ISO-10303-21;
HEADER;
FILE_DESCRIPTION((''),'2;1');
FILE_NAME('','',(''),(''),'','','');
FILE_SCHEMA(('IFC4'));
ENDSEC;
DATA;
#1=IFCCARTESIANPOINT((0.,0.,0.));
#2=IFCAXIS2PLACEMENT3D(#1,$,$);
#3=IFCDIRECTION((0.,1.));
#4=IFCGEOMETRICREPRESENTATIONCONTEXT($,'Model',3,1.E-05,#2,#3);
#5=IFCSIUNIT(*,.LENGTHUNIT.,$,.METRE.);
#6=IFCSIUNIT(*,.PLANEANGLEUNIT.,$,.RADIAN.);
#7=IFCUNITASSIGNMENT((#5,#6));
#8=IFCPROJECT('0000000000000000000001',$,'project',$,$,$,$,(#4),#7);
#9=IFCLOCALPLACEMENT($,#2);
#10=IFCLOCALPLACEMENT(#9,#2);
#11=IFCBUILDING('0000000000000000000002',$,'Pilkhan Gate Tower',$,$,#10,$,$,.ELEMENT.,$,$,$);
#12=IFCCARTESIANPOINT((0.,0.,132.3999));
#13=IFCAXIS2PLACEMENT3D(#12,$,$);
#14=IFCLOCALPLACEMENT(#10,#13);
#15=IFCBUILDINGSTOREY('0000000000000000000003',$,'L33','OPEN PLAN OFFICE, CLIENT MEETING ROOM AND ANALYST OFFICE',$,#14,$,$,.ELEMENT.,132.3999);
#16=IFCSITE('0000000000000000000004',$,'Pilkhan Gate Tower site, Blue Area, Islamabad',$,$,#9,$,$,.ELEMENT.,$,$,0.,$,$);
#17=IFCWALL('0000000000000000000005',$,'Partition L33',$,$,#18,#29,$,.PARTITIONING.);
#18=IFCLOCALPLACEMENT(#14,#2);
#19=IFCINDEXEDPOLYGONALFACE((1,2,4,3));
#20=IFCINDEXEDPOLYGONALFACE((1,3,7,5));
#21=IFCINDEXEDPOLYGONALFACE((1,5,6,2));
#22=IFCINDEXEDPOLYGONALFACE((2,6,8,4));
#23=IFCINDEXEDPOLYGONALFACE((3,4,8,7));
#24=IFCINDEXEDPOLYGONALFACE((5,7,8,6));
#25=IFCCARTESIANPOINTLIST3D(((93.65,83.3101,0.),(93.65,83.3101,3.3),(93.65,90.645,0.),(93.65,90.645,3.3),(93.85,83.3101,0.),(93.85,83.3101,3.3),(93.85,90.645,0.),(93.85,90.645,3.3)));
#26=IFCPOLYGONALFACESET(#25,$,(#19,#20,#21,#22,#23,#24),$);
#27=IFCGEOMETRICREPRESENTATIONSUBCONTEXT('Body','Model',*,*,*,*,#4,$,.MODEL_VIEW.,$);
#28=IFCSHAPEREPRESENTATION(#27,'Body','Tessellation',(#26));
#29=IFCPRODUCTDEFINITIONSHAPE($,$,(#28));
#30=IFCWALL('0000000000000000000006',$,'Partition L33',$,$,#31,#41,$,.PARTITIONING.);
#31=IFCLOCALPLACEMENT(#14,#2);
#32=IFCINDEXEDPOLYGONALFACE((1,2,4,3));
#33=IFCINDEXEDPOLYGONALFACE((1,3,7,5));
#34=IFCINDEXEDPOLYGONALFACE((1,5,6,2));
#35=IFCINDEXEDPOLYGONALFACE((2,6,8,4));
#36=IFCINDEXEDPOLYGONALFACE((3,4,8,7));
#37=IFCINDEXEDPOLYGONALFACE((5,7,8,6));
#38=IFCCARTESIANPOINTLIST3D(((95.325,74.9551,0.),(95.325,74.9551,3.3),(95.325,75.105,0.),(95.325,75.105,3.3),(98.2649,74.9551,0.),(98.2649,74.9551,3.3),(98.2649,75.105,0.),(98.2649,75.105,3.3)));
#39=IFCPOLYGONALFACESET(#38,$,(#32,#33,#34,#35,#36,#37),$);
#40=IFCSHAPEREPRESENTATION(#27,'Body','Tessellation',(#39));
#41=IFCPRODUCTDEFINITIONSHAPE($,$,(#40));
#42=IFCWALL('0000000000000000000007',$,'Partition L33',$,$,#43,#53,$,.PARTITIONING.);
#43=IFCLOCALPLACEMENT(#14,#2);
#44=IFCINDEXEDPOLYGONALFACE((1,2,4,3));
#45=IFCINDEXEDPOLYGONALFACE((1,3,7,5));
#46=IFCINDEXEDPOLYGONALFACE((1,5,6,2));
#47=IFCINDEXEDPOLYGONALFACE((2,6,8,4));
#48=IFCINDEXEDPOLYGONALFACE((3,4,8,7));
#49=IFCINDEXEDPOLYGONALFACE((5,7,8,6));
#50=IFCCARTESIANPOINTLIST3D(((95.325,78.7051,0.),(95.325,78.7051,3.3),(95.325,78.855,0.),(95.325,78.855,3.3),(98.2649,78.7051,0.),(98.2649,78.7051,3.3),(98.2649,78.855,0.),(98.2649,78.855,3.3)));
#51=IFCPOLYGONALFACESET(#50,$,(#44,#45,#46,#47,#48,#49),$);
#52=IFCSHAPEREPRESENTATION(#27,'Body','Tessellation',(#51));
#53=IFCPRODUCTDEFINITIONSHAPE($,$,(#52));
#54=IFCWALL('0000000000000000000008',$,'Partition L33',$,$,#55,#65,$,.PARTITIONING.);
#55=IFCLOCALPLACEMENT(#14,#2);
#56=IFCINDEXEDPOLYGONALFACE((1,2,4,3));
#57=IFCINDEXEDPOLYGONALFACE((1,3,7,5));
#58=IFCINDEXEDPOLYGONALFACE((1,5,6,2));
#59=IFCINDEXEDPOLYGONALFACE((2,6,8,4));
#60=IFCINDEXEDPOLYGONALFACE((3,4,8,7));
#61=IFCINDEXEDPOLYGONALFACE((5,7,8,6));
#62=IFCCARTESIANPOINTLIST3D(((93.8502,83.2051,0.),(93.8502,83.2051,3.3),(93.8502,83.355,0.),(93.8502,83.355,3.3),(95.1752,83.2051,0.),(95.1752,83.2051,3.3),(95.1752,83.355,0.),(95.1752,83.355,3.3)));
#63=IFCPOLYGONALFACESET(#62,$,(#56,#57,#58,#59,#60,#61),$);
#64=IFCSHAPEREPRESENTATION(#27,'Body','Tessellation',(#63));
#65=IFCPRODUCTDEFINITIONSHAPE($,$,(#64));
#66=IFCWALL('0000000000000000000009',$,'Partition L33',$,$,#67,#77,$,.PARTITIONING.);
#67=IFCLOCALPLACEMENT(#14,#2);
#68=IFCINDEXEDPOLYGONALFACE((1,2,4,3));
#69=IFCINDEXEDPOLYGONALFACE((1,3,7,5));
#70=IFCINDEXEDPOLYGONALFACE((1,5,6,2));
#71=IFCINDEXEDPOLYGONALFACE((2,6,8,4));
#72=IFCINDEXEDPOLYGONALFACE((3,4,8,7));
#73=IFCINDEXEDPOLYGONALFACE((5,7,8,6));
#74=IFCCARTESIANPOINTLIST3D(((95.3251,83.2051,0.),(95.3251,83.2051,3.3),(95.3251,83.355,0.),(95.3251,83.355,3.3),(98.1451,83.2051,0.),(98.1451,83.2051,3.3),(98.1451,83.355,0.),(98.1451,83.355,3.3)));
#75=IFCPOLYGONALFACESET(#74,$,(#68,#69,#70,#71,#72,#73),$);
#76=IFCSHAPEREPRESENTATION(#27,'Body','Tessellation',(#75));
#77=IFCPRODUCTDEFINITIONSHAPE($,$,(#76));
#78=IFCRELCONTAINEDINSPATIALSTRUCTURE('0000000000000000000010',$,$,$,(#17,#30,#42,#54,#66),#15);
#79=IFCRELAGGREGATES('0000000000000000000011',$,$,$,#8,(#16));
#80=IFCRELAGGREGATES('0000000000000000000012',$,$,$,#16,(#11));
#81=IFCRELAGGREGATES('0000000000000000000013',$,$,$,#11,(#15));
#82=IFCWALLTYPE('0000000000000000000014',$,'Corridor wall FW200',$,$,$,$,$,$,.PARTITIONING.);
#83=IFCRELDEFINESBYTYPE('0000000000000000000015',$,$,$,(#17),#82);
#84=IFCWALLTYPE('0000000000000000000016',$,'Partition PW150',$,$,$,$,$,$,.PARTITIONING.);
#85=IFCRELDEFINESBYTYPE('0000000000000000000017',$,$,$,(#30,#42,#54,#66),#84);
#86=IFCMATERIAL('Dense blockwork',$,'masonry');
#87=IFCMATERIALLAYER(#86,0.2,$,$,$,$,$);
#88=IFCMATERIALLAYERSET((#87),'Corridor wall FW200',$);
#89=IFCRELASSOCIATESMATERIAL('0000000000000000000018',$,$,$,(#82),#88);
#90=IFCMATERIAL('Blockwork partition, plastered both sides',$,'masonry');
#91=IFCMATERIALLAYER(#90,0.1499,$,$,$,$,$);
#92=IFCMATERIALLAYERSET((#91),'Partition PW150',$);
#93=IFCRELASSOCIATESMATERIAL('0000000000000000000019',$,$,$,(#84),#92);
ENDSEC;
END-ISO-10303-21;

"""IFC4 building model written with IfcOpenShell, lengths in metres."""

from ifc_helpers import new_model, si_unit, direction, frame, frame_2d, origin, place, context, subcontext, project, spatial, rectangle, extrude, material, layer, layer_set, type_object, element, save


model = new_model("IFC4")

# Units and contexts
model_context = context("Model", 3, precision=1e-05, world=origin(), true_north=direction((0.0, 1.0)))
body_context = subcontext(model_context, "Body", "Model", "MODEL_VIEW")
ifc_project = project(units=[si_unit("LENGTHUNIT", "METRE"), si_unit("PLANEANGLEUNIT", "RADIAN")], contexts=[model_context])

# Site, building, storey
site_placement = place(None, origin())
site = spatial("IfcSite", under=ifc_project, at=site_placement, Name="Pilkhan Gate Tower site, Blue Area, Islamabad", CompositionType="ELEMENT", RefElevation=0.0)
building_placement = place(site_placement, origin())
building = spatial("IfcBuilding", under=site, at=building_placement, Name="Pilkhan Gate Tower", CompositionType="ELEMENT")
storey_placement = place(building_placement, frame((0.0, 0.0, 132.3999)))
storey = spatial("IfcBuildingStorey", under=building, at=storey_placement, Name="L33", Description="OPEN PLAN OFFICE, CLIENT MEETING ROOM AND ANALYST OFFICE", CompositionType="ELEMENT", Elevation=132.3999)

# Walls
ifc_material_1 = material(Name="Dense blockwork", Category="masonry")
ifc_layer_1 = layer(ifc_material_1, 0.2)
ifc_layer_set_1 = layer_set([ifc_layer_1], Name="Corridor wall FW200")
wall_type_1 = type_object("IfcWallType", Name="Corridor wall FW200", PredefinedType="PARTITIONING", material=ifc_layer_set_1)
wall_1_placement = place(storey_placement, frame((93.75, 83.3101, 0.0), z_axis=(0.0, 0.0, 1.0), x_axis=(0.0, 1.0, 0.0)))
element("IfcWall", 1, at=wall_1_placement, inside=storey, type_object=wall_type_1, Name="Partition L33", PredefinedType="PARTITIONING", context=body_context, shape_type="SweptSolid", body=[
    extrude(rectangle(XDim=7.335, YDim=0.2, at=frame_2d((3.6675, 0.0))), origin(), (0.0, 0.0, 1.0), 3.3),
])
ifc_material_2 = material(Name="Blockwork partition, plastered both sides", Category="masonry")
ifc_layer_2 = layer(ifc_material_2, 0.1499)
ifc_layer_set_2 = layer_set([ifc_layer_2], Name="Partition PW150")
wall_type_2 = type_object("IfcWallType", Name="Partition PW150", PredefinedType="PARTITIONING", material=ifc_layer_set_2)
for number, where, z_axis, x_axis, name in (
    (2, (95.325, 75.03, 0.0), (0.0, 0.0, 1.0), (1.0, 0.0, 0.0), "Partition L33"),
    (3, (95.325, 78.78, 0.0), (0.0, 0.0, 1.0), (1.0, 0.0, 0.0), "Partition L33"),
):
    element("IfcWall", number, at=place(storey_placement, frame(where, z_axis=z_axis, x_axis=x_axis)), inside=storey, type_object=wall_type_2, Name=name, PredefinedType="PARTITIONING", context=body_context, shape_type="SweptSolid", body=[
        extrude(rectangle(XDim=2.9399, YDim=0.1499, at=frame_2d((1.47, 0.0))), origin(), (0.0, 0.0, 1.0), 3.3),
    ])
wall_2_placement = place(storey_placement, frame((93.8501, 83.28, 0.0), z_axis=(0.0, 0.0, 1.0), x_axis=(1.0, 0.0, 0.0)))
element("IfcWall", 4, at=wall_2_placement, inside=storey, type_object=wall_type_2, Name="Partition L33", PredefinedType="PARTITIONING", context=body_context, shape_type="SweptSolid", body=[
    extrude(rectangle(XDim=1.325, YDim=0.1499, at=frame_2d((0.6626, 0.0))), origin(), (0.0, 0.0, 1.0), 3.3),
])
wall_3_placement = place(storey_placement, frame((95.325, 83.28, 0.0), z_axis=(0.0, 0.0, 1.0), x_axis=(1.0, 0.0, 0.0)))
element("IfcWall", 5, at=wall_3_placement, inside=storey, type_object=wall_type_2, Name="Partition L33", PredefinedType="PARTITIONING", context=body_context, shape_type="SweptSolid", body=[
    extrude(rectangle(XDim=2.8201, YDim=0.1499, at=frame_2d((1.4102, 0.0))), origin(), (0.0, 0.0, 1.0), 3.3),
])

save(model, "model.ifc")
